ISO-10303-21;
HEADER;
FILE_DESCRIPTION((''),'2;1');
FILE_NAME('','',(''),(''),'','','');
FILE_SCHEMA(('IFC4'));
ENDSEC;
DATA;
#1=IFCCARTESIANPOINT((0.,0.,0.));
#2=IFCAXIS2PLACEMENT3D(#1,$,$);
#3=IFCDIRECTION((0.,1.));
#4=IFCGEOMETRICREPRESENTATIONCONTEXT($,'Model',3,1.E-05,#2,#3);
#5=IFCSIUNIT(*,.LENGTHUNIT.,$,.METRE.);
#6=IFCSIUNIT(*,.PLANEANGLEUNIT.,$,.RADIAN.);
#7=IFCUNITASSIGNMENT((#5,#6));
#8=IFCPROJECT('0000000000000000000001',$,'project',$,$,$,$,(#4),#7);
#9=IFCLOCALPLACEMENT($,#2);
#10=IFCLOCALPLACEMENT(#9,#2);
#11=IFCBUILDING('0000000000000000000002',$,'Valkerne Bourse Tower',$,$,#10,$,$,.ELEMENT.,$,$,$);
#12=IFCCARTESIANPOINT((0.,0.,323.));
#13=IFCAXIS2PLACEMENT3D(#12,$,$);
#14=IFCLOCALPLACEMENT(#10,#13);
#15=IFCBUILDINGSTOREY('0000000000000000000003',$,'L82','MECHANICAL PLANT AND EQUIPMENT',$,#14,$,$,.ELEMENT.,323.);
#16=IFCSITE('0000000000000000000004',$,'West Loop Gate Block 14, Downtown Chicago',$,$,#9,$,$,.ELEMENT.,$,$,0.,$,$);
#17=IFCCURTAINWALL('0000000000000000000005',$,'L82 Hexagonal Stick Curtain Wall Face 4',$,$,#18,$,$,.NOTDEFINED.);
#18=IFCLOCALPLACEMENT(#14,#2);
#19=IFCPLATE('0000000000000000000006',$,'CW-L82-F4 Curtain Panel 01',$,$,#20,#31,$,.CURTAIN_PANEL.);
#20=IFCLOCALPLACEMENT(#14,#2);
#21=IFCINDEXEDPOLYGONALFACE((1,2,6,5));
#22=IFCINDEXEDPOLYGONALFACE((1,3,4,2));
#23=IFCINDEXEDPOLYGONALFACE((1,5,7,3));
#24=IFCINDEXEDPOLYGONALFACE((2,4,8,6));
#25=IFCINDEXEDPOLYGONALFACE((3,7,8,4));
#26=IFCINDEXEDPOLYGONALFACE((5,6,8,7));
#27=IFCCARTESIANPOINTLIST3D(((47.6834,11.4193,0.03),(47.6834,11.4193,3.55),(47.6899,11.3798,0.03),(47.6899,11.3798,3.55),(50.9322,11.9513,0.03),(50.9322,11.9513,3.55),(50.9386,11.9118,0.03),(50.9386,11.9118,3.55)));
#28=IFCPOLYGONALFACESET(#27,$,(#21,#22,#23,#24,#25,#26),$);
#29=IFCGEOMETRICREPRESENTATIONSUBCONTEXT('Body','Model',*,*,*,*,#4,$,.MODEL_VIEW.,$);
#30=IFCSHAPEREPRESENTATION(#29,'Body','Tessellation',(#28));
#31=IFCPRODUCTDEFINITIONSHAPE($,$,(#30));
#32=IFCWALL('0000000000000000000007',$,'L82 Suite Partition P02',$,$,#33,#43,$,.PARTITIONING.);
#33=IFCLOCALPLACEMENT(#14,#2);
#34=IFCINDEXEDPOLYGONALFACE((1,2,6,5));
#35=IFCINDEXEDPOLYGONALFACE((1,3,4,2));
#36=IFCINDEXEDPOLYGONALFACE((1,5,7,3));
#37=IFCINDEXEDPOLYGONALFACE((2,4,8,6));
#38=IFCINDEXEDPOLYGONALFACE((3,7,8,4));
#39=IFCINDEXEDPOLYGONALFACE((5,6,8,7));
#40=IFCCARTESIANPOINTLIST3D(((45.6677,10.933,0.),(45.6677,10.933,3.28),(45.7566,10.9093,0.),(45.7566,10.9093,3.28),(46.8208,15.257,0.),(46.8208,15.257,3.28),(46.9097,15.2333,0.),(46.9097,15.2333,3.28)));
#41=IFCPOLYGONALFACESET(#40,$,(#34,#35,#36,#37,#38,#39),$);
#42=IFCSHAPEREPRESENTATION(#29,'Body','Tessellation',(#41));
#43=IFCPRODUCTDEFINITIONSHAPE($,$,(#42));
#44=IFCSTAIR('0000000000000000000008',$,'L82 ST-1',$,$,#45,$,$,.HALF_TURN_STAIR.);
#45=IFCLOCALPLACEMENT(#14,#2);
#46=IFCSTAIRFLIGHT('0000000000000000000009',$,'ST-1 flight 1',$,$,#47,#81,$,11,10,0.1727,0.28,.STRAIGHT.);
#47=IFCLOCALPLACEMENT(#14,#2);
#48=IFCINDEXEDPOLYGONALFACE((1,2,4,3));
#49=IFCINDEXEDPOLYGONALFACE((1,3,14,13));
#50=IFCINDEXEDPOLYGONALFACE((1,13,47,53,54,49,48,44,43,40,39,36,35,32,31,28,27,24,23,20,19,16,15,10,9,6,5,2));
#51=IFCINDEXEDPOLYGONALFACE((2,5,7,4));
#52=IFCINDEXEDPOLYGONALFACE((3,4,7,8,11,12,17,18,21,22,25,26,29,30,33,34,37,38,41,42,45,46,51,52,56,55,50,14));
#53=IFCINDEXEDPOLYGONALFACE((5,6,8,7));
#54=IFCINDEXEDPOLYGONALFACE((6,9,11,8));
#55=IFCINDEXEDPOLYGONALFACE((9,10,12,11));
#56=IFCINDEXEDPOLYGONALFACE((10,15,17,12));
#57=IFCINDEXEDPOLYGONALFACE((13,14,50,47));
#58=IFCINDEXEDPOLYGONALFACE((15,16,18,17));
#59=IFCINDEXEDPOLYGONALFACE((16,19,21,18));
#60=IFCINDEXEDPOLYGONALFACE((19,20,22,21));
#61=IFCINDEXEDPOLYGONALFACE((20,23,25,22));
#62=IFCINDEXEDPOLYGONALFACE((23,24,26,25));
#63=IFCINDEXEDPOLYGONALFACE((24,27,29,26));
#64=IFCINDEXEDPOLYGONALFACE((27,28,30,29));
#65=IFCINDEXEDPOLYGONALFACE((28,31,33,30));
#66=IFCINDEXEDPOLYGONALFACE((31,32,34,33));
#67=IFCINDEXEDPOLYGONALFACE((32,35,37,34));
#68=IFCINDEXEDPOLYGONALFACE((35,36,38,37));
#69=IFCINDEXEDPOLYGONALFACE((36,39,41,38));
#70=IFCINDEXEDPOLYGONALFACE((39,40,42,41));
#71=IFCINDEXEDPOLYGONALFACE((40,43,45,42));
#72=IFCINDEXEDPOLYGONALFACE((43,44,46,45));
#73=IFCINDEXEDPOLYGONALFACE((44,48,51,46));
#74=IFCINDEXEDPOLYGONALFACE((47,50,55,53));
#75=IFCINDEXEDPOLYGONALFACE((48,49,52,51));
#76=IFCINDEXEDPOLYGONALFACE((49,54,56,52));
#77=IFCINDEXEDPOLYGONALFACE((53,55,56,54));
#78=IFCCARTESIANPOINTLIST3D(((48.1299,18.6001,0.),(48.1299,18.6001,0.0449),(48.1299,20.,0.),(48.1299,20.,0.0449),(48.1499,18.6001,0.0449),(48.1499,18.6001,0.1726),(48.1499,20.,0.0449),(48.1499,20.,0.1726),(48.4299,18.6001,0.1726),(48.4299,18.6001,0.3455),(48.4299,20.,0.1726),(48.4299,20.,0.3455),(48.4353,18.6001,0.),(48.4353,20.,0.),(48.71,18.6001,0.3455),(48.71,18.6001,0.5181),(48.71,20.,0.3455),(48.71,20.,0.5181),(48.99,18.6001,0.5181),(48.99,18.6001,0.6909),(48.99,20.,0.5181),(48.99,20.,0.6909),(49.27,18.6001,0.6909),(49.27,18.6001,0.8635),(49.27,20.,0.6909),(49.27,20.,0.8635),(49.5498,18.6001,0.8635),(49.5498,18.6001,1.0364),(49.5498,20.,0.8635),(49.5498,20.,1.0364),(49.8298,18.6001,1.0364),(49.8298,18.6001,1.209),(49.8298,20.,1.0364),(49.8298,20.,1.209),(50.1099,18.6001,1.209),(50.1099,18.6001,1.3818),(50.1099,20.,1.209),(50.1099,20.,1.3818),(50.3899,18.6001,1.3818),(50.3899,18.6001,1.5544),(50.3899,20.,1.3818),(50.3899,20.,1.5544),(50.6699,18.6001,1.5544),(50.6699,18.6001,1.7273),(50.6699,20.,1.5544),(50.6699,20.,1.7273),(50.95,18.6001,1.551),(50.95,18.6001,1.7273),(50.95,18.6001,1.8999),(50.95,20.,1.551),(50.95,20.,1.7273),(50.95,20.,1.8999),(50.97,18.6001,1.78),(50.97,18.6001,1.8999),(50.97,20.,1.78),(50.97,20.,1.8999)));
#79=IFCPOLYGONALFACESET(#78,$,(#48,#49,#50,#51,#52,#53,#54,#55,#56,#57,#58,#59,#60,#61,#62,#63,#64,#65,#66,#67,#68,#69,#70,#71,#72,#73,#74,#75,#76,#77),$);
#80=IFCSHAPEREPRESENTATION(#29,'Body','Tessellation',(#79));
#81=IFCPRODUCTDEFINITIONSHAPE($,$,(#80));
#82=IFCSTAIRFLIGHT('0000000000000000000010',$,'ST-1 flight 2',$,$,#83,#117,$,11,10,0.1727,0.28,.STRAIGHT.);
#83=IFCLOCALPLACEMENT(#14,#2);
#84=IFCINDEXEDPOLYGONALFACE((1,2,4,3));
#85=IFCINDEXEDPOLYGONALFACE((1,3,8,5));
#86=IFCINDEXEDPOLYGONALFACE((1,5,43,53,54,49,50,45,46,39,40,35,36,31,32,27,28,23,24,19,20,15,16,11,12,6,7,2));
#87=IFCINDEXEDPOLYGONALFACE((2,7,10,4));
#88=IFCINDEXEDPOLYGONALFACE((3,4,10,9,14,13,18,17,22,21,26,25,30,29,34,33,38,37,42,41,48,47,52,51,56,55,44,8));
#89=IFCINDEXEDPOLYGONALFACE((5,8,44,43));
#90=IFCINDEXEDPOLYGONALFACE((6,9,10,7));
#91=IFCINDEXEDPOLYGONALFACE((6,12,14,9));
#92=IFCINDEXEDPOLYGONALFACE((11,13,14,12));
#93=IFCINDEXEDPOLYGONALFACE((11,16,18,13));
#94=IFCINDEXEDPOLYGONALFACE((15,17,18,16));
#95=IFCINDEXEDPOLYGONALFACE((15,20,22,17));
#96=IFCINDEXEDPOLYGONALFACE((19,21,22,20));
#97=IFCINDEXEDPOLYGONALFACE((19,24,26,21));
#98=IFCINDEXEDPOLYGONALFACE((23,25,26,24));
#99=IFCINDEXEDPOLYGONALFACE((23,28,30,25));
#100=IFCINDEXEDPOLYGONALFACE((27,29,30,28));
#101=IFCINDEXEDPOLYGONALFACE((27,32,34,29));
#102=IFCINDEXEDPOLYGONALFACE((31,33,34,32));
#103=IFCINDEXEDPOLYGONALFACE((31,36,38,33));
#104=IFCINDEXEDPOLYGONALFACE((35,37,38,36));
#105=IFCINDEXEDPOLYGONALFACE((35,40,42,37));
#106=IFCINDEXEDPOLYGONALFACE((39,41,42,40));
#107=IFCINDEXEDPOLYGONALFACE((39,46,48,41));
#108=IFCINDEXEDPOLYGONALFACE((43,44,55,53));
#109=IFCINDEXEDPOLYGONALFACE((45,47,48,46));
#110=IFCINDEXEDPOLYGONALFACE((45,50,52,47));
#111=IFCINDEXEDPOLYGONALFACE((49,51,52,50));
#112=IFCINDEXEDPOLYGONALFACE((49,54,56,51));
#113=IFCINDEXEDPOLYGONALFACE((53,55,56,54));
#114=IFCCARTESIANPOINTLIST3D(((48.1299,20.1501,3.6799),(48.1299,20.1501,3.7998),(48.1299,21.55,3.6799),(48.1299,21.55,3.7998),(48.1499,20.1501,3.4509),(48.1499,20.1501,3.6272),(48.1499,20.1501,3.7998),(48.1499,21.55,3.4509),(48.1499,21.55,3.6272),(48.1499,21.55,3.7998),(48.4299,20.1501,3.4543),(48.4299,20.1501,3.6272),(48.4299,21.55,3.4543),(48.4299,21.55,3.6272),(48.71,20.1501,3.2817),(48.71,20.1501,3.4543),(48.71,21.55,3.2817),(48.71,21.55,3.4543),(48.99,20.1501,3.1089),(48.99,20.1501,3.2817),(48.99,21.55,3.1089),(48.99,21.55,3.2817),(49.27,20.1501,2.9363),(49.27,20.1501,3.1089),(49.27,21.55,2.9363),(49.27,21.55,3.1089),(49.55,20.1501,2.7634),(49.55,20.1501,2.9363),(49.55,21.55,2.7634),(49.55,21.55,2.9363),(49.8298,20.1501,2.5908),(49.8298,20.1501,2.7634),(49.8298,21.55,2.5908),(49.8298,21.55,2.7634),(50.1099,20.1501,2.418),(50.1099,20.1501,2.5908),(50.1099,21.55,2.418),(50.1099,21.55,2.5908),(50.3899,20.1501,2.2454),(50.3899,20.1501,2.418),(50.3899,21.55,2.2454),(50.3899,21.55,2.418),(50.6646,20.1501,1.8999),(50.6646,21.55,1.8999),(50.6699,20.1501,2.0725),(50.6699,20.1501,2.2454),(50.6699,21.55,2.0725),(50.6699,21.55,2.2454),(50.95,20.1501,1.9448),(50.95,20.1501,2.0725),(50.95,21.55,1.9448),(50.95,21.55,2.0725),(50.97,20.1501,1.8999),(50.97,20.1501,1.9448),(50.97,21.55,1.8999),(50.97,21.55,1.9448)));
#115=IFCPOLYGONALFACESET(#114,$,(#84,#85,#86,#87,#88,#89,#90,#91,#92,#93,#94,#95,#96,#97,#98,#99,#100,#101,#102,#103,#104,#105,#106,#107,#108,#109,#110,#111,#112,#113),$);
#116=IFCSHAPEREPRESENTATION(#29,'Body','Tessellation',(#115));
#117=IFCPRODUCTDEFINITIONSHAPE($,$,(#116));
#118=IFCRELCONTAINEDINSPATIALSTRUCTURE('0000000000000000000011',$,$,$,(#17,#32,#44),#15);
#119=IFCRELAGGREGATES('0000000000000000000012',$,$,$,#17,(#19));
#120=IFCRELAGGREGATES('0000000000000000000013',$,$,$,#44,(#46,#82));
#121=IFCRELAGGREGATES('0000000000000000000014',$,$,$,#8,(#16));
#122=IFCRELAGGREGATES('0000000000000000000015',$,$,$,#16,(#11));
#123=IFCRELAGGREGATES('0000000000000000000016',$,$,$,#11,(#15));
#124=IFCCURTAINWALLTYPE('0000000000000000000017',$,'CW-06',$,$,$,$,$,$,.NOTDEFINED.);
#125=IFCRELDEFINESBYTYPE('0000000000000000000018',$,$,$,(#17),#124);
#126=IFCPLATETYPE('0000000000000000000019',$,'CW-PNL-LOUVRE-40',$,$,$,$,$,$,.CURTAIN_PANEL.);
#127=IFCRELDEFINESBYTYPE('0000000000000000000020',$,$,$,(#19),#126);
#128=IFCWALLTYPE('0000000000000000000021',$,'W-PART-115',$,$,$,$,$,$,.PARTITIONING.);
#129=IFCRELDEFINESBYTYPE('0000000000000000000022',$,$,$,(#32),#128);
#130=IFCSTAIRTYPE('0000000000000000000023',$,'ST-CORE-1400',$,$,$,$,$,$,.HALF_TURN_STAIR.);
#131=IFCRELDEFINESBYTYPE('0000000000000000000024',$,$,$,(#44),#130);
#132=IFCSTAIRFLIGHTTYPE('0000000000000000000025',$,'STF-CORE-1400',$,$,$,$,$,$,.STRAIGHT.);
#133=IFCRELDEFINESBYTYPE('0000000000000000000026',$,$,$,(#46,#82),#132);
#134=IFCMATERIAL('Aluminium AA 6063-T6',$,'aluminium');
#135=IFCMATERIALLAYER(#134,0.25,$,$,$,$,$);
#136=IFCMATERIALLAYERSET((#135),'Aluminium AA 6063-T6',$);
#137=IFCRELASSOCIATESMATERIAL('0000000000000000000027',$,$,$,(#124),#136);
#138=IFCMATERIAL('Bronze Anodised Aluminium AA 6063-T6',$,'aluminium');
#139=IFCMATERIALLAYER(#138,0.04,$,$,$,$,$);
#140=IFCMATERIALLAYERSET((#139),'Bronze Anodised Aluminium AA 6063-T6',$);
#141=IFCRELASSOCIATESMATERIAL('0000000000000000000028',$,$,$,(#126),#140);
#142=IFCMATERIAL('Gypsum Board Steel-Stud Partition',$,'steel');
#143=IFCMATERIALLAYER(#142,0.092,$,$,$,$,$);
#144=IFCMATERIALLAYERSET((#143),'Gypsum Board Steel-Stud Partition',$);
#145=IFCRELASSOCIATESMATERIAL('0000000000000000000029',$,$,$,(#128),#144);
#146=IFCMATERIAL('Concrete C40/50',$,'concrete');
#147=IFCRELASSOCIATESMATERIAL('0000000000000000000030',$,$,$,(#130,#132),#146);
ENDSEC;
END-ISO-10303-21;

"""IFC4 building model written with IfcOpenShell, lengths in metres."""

from ifc_helpers import new_model, si_unit, direction, frame, frame_2d, origin, origin_2d, place, context, subcontext, project, spatial, polyline, rectangle, outline, extrude, material, layer, layer_set, type_object, element, aggregate, save


model = new_model("IFC4")

# Units and contexts
model_context = context("Model", 3, precision=1e-05, world=origin(), true_north=direction((0.0, 1.0)))
body_context = subcontext(model_context, "Body", "Model", "MODEL_VIEW")
ifc_project = project(units=[si_unit("LENGTHUNIT", "METRE"), si_unit("PLANEANGLEUNIT", "RADIAN")], contexts=[model_context])

# Site, building, storey
site_placement = place(None, origin())
site = spatial("IfcSite", under=ifc_project, at=site_placement, Name="West Loop Gate Block 14, Downtown Chicago", CompositionType="ELEMENT", RefElevation=0.0)
building_placement = place(site_placement, origin())
building = spatial("IfcBuilding", under=site, at=building_placement, Name="Valkerne Bourse Tower", CompositionType="ELEMENT")
storey_placement = place(building_placement, frame((0.0, 0.0, 323.0)))
storey = spatial("IfcBuildingStorey", under=building, at=storey_placement, Name="L82", Description="MECHANICAL PLANT AND EQUIPMENT", CompositionType="ELEMENT", Elevation=323.0)

# Curtain wall, plate
ifc_material_1 = material(Name="Aluminium AA 6063-T6", Category="aluminium")
ifc_layer_1 = layer(ifc_material_1, 0.25)
ifc_layer_set_1 = layer_set([ifc_layer_1], Name="Aluminium AA 6063-T6")
curtain_wall_type = type_object("IfcCurtainWallType", Name="CW-06", PredefinedType="NOTDEFINED", material=ifc_layer_set_1)
curtain_wall_placement = place(storey_placement, origin())
curtain_wall = element("IfcCurtainWall", 1, at=curtain_wall_placement, inside=storey, type_object=curtain_wall_type, Name="L82 Hexagonal Stick Curtain Wall Face 4", PredefinedType="NOTDEFINED")
ifc_material_2 = material(Name="Bronze Anodised Aluminium AA 6063-T6", Category="aluminium")
ifc_layer_2 = layer(ifc_material_2, 0.04)
ifc_layer_set_2 = layer_set([ifc_layer_2], Name="Bronze Anodised Aluminium AA 6063-T6")
plate_type = type_object("IfcPlateType", Name="CW-PNL-LOUVRE-40", PredefinedType="CURTAIN_PANEL", material=ifc_layer_set_2)
plate_placement = place(storey_placement, frame((49.311, 11.6655, 0.03), z_axis=(0.0, 0.0, 1.0), x_axis=(0.986855, 0.161611, 0.0)))
plate = element("IfcPlate", 2, at=plate_placement, type_object=plate_type, Name="CW-L82-F4 Curtain Panel 01", PredefinedType="CURTAIN_PANEL", context=body_context, shape_type="SweptSolid", body=[
    extrude(rectangle(XDim=3.292, YDim=0.04, at=origin_2d()), origin(), (0.0, 0.0, 1.0), 3.52),
])
aggregate(curtain_wall, [plate])

# Wall
ifc_material_3 = material(Name="Gypsum Board Steel-Stud Partition", Category="steel")
ifc_layer_3 = layer(ifc_material_3, 0.092)
ifc_layer_set_3 = layer_set([ifc_layer_3], Name="Gypsum Board Steel-Stud Partition")
wall_type_1 = type_object("IfcWallType", Name="W-PART-115", PredefinedType="PARTITIONING", material=ifc_layer_set_3)
wall_1_placement = place(storey_placement, frame((46.8652, 15.2451, 0.0), z_axis=(0.0, 0.0, 1.0), x_axis=(-0.257666, -0.966234, 0.0)))
element("IfcWall", 3, at=wall_1_placement, inside=storey, type_object=wall_type_1, Name="L82 Suite Partition P02", PredefinedType="PARTITIONING", context=body_context, shape_type="SweptSolid", body=[
    extrude(rectangle(XDim=4.4751, YDim=0.092, at=frame_2d((2.2375, 0.0))), origin(), (0.0, 0.0, 1.0), 3.28),
])

# Stair, stair flights
ifc_material_4 = material(Name="Concrete C40/50", Category="concrete")
stair_type = type_object("IfcStairType", Name="ST-CORE-1400", PredefinedType="HALF_TURN_STAIR", material=ifc_material_4)
stair_placement = place(storey_placement, origin())
stair = element("IfcStair", 4, at=stair_placement, inside=storey, type_object=stair_type, Name="L82 ST-1", PredefinedType="HALF_TURN_STAIR")
stair_flight_type = type_object("IfcStairFlightType", Name="STF-CORE-1400", PredefinedType="STRAIGHT", material=ifc_material_4)
stair_flight_1_placement = place(storey_placement, frame((48.1499, 19.3, 0.0), z_axis=(0.0, 0.0, 1.0), x_axis=(1.0, 0.0, 0.0)))
stair_flight_1 = element("IfcStairFlight", 5, at=stair_flight_1_placement, type_object=stair_flight_type, Name="ST-1 flight 1", NumberOfRisers=11, NumberOfTreads=10, PredefinedType="STRAIGHT", RiserHeight=0.1727, TreadLength=0.28, context=body_context, shape_type="SweptSolid", body=[
    extrude(outline(polyline([(-0.02, 0.0), (-0.02, 0.0449), (0.0, 0.0449), (0.0, 0.1726), (0.28, 0.1726), (0.28, 0.3455), (0.5601, 0.3455), (0.5601, 0.5181), (0.8401, 0.5181), (0.8401, 0.6909), (1.1201, 0.6909), (1.1201, 0.8635), (1.3999, 0.8635), (1.3999, 1.0364), (1.6799, 1.0364), (1.6799, 1.209), (1.96, 1.209), (1.96, 1.3818), (2.24, 1.3818), (2.24, 1.5544), (2.52, 1.5544), (2.52, 1.7273), (2.8, 1.7273), (2.8, 1.8999), (2.8201, 1.8999), (2.8201, 1.78), (2.8, 1.551), (0.2854, 0.0), (-0.02, 0.0)])), frame((0.0, 0.7, 0.0), z_axis=(0.0, -1.0, 0.0), x_axis=(1.0, 0.0, 0.0)), (0.0, 0.0, 1.0), 1.3999),
])
stair_flight_2_placement = place(storey_placement, frame((50.95, 20.8501, 1.8999), z_axis=(0.0, 0.0, 1.0), x_axis=(-1.0, 0.0, 0.0)))
stair_flight_2 = element("IfcStairFlight", 6, at=stair_flight_2_placement, type_object=stair_flight_type, Name="ST-1 flight 2", NumberOfRisers=11, NumberOfTreads=10, PredefinedType="STRAIGHT", RiserHeight=0.1727, TreadLength=0.28, context=body_context, shape_type="SweptSolid", body=[
    extrude(outline(polyline([(-0.02, 0.0), (-0.02, 0.0449), (0.0, 0.0449), (0.0, 0.1726), (0.28, 0.1726), (0.28, 0.3455), (0.5601, 0.3455), (0.5601, 0.5181), (0.8401, 0.5181), (0.8401, 0.6909), (1.1201, 0.6909), (1.1201, 0.8635), (1.3999, 0.8635), (1.3999, 1.0364), (1.6799, 1.0364), (1.6799, 1.209), (1.96, 1.209), (1.96, 1.3818), (2.24, 1.3818), (2.24, 1.5544), (2.52, 1.5544), (2.52, 1.7273), (2.8, 1.7273), (2.8, 1.8999), (2.8201, 1.8999), (2.8201, 1.78), (2.8, 1.551), (0.2854, 0.0), (-0.02, 0.0)])), frame((0.0, 0.7, 0.0), z_axis=(0.0, -1.0, 0.0), x_axis=(1.0, 0.0, 0.0)), (0.0, 0.0, 1.0), 1.3999),
])
aggregate(stair, [stair_flight_1, stair_flight_2])

save(model, "model.ifc")
